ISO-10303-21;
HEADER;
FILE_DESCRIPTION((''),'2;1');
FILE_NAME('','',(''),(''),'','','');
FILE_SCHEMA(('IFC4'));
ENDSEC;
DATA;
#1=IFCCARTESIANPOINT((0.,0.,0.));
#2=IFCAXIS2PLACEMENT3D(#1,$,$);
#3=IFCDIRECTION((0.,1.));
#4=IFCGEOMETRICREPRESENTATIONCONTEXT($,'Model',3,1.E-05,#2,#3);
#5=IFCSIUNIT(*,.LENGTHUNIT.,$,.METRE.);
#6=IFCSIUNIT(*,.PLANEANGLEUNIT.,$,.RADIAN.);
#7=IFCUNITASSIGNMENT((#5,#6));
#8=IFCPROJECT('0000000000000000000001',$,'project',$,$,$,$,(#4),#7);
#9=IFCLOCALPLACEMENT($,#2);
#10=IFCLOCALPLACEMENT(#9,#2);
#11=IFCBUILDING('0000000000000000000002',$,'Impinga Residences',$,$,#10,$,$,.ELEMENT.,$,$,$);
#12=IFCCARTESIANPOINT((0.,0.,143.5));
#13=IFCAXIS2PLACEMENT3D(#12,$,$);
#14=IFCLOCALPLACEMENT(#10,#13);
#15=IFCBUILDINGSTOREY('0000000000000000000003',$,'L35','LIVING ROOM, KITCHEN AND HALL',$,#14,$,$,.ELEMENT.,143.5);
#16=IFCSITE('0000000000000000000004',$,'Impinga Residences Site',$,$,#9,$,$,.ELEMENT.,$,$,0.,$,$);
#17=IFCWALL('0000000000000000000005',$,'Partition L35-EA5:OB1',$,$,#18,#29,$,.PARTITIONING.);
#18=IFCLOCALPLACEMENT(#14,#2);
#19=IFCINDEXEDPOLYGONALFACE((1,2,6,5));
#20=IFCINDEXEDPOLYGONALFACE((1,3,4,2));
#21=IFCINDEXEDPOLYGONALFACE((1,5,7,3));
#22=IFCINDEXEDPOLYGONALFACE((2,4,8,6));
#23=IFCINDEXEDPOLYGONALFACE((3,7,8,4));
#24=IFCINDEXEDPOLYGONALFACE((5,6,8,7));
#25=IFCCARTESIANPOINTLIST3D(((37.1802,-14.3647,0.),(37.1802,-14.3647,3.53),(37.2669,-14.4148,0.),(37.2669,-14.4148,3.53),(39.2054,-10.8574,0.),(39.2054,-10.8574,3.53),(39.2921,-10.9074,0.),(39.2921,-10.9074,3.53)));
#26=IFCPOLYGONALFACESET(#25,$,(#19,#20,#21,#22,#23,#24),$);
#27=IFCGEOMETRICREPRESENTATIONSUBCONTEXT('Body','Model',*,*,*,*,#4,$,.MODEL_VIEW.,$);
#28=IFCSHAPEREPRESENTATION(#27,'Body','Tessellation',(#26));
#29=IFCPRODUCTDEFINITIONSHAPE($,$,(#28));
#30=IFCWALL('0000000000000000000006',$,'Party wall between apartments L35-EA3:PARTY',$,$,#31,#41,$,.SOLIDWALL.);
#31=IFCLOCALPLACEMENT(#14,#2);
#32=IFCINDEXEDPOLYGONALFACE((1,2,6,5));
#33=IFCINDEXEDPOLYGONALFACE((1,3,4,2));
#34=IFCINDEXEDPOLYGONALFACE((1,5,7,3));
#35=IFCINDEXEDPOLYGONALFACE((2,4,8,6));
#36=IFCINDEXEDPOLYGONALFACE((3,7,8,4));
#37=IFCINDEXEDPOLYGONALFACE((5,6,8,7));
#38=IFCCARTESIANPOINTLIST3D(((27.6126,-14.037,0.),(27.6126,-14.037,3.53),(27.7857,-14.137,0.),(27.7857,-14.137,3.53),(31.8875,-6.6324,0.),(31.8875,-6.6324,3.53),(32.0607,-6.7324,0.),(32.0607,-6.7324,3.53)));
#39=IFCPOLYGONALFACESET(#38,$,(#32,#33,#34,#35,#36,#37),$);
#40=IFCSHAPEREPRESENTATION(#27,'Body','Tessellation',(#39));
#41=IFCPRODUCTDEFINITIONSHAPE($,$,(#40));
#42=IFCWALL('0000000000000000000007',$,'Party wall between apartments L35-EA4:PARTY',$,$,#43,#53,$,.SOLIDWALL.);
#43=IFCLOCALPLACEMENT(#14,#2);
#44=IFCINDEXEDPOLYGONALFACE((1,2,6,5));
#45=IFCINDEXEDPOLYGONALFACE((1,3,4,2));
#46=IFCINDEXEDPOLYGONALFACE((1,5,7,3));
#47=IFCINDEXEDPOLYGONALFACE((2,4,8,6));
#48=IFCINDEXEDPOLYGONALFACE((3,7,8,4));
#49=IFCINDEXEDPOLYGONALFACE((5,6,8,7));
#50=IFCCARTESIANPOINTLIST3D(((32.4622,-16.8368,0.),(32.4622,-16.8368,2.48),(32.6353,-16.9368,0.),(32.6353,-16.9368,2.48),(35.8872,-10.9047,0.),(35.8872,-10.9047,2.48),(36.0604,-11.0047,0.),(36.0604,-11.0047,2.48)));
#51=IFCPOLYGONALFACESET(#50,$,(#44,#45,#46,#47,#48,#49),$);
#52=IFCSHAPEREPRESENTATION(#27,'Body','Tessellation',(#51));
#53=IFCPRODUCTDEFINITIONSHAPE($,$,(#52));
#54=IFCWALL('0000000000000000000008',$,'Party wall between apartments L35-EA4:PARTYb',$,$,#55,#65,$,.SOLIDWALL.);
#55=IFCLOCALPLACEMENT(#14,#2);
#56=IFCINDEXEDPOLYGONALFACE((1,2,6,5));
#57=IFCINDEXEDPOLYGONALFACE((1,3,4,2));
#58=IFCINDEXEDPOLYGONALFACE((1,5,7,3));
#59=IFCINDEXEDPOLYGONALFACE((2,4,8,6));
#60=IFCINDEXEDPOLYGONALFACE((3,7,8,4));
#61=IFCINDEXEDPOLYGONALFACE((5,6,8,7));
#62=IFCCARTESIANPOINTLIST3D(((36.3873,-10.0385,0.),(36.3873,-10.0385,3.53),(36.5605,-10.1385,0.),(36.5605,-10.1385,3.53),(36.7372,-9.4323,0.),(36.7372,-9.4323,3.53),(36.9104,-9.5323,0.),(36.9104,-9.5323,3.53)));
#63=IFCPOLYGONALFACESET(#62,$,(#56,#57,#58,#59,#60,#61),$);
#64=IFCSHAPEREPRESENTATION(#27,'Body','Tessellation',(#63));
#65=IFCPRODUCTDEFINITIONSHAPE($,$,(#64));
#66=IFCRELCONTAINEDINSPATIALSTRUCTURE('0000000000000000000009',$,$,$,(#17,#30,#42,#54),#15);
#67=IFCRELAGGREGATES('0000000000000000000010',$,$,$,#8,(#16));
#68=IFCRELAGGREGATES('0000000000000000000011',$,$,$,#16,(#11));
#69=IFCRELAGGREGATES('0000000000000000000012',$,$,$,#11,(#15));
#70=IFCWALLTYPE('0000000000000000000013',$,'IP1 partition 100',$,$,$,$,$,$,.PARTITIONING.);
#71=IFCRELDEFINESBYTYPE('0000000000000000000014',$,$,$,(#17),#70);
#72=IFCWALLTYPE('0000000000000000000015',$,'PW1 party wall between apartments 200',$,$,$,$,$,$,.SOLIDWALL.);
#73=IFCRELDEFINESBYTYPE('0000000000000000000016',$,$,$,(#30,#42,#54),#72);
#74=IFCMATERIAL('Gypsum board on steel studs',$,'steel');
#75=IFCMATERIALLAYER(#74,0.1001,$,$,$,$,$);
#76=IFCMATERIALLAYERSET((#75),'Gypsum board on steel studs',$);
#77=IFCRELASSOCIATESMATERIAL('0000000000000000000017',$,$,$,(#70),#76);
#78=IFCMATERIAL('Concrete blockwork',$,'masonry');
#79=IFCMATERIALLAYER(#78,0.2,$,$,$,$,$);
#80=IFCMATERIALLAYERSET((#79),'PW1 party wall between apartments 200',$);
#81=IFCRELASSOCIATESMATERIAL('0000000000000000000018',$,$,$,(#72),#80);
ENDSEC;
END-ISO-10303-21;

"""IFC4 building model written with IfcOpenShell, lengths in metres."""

from ifc_helpers import new_model, si_unit, direction, frame, frame_2d, origin, place, context, subcontext, project, spatial, rectangle, extrude, material, layer, layer_set, type_object, element, save


model = new_model("IFC4")

# Units and contexts
model_context = context("Model", 3, precision=1e-05, world=origin(), true_north=direction((0.0, 1.0)))
body_context = subcontext(model_context, "Body", "Model", "MODEL_VIEW")
ifc_project = project(units=[si_unit("LENGTHUNIT", "METRE"), si_unit("PLANEANGLEUNIT", "RADIAN")], contexts=[model_context])

# Site, building, storey
site_placement = place(None, origin())
site = spatial("IfcSite", under=ifc_project, at=site_placement, Name="Impinga Residences Site", CompositionType="ELEMENT", RefElevation=0.0)
building_placement = place(site_placement, origin())
building = spatial("IfcBuilding", under=site, at=building_placement, Name="Impinga Residences", CompositionType="ELEMENT")
storey_placement = place(building_placement, frame((0.0, 0.0, 143.5)))
storey = spatial("IfcBuildingStorey", under=building, at=storey_placement, Name="L35", Description="LIVING ROOM, KITCHEN AND HALL", CompositionType="ELEMENT", Elevation=143.5)

# Shared definitions
ifc_material_1 = material(Name="Gypsum board on steel studs", Category="steel")
ifc_layer_1 = layer(ifc_material_1, 0.1001)
ifc_layer_set_1 = layer_set([ifc_layer_1], Name="Gypsum board on steel studs")
wall_type_1 = type_object("IfcWallType", Name="IP1 partition 100", PredefinedType="PARTITIONING", material=ifc_layer_set_1)

# Walls
wall_1_placement = place(storey_placement, frame((37.2236, -14.3896, 0.0), z_axis=(0.0, 0.0, 1.0), x_axis=(0.500036, 0.866005, 0.0)))
element("IfcWall", 1, at=wall_1_placement, inside=storey, type_object=wall_type_1, Name="Partition L35-EA5:OB1", PredefinedType="PARTITIONING", context=body_context, shape_type="SweptSolid", body=[
    extrude(rectangle(XDim=4.05, YDim=0.1001, at=frame_2d((2.0249, 0.0))), origin(), (0.0, 0.0, 1.0), 3.53),
])
ifc_material_2 = material(Name="Concrete blockwork", Category="masonry")
ifc_layer_2 = layer(ifc_material_2, 0.2)
ifc_layer_set_2 = layer_set([ifc_layer_2], Name="PW1 party wall between apartments 200")
wall_type_2 = type_object("IfcWallType", Name="PW1 party wall between apartments 200", PredefinedType="SOLIDWALL", material=ifc_layer_set_2)
wall_2_placement = place(storey_placement, frame((27.6992, -14.0869, 0.0), z_axis=(0.0, 0.0, 1.0), x_axis=(0.49999, 0.866031, 0.0)))
element("IfcWall", 2, at=wall_2_placement, inside=storey, type_object=wall_type_2, Name="Party wall between apartments L35-EA3:PARTY", PredefinedType="SOLIDWALL", context=body_context, shape_type="SweptSolid", body=[
    extrude(rectangle(XDim=8.55, YDim=0.2, at=frame_2d((4.2749, 0.0))), origin(), (0.0, 0.0, 1.0), 3.53),
])
wall_3_placement = place(storey_placement, frame((32.5488, -16.8867, 0.0), z_axis=(0.0, 0.0, 1.0), x_axis=(0.500015, 0.866017, 0.0)))
element("IfcWall", 3, at=wall_3_placement, inside=storey, type_object=wall_type_2, Name="Party wall between apartments L35-EA4:PARTY", PredefinedType="SOLIDWALL", context=body_context, shape_type="SweptSolid", body=[
    extrude(rectangle(XDim=6.8499, YDim=0.2, at=frame_2d((3.4248, 0.0))), origin(), (0.0, 0.0, 1.0), 2.48),
])
wall_4_placement = place(storey_placement, frame((36.4739, -10.0886, 0.0), z_axis=(0.0, 0.0, 1.0), x_axis=(0.499853, 0.86611, 0.0)))
element("IfcWall", 4, at=wall_4_placement, inside=storey, type_object=wall_type_2, Name="Party wall between apartments L35-EA4:PARTYb", PredefinedType="SOLIDWALL", context=body_context, shape_type="SweptSolid", body=[
    extrude(rectangle(XDim=0.7, YDim=0.2, at=frame_2d((0.3501, 0.0))), origin(), (0.0, 0.0, 1.0), 3.53),
])

save(model, "model.ifc")
